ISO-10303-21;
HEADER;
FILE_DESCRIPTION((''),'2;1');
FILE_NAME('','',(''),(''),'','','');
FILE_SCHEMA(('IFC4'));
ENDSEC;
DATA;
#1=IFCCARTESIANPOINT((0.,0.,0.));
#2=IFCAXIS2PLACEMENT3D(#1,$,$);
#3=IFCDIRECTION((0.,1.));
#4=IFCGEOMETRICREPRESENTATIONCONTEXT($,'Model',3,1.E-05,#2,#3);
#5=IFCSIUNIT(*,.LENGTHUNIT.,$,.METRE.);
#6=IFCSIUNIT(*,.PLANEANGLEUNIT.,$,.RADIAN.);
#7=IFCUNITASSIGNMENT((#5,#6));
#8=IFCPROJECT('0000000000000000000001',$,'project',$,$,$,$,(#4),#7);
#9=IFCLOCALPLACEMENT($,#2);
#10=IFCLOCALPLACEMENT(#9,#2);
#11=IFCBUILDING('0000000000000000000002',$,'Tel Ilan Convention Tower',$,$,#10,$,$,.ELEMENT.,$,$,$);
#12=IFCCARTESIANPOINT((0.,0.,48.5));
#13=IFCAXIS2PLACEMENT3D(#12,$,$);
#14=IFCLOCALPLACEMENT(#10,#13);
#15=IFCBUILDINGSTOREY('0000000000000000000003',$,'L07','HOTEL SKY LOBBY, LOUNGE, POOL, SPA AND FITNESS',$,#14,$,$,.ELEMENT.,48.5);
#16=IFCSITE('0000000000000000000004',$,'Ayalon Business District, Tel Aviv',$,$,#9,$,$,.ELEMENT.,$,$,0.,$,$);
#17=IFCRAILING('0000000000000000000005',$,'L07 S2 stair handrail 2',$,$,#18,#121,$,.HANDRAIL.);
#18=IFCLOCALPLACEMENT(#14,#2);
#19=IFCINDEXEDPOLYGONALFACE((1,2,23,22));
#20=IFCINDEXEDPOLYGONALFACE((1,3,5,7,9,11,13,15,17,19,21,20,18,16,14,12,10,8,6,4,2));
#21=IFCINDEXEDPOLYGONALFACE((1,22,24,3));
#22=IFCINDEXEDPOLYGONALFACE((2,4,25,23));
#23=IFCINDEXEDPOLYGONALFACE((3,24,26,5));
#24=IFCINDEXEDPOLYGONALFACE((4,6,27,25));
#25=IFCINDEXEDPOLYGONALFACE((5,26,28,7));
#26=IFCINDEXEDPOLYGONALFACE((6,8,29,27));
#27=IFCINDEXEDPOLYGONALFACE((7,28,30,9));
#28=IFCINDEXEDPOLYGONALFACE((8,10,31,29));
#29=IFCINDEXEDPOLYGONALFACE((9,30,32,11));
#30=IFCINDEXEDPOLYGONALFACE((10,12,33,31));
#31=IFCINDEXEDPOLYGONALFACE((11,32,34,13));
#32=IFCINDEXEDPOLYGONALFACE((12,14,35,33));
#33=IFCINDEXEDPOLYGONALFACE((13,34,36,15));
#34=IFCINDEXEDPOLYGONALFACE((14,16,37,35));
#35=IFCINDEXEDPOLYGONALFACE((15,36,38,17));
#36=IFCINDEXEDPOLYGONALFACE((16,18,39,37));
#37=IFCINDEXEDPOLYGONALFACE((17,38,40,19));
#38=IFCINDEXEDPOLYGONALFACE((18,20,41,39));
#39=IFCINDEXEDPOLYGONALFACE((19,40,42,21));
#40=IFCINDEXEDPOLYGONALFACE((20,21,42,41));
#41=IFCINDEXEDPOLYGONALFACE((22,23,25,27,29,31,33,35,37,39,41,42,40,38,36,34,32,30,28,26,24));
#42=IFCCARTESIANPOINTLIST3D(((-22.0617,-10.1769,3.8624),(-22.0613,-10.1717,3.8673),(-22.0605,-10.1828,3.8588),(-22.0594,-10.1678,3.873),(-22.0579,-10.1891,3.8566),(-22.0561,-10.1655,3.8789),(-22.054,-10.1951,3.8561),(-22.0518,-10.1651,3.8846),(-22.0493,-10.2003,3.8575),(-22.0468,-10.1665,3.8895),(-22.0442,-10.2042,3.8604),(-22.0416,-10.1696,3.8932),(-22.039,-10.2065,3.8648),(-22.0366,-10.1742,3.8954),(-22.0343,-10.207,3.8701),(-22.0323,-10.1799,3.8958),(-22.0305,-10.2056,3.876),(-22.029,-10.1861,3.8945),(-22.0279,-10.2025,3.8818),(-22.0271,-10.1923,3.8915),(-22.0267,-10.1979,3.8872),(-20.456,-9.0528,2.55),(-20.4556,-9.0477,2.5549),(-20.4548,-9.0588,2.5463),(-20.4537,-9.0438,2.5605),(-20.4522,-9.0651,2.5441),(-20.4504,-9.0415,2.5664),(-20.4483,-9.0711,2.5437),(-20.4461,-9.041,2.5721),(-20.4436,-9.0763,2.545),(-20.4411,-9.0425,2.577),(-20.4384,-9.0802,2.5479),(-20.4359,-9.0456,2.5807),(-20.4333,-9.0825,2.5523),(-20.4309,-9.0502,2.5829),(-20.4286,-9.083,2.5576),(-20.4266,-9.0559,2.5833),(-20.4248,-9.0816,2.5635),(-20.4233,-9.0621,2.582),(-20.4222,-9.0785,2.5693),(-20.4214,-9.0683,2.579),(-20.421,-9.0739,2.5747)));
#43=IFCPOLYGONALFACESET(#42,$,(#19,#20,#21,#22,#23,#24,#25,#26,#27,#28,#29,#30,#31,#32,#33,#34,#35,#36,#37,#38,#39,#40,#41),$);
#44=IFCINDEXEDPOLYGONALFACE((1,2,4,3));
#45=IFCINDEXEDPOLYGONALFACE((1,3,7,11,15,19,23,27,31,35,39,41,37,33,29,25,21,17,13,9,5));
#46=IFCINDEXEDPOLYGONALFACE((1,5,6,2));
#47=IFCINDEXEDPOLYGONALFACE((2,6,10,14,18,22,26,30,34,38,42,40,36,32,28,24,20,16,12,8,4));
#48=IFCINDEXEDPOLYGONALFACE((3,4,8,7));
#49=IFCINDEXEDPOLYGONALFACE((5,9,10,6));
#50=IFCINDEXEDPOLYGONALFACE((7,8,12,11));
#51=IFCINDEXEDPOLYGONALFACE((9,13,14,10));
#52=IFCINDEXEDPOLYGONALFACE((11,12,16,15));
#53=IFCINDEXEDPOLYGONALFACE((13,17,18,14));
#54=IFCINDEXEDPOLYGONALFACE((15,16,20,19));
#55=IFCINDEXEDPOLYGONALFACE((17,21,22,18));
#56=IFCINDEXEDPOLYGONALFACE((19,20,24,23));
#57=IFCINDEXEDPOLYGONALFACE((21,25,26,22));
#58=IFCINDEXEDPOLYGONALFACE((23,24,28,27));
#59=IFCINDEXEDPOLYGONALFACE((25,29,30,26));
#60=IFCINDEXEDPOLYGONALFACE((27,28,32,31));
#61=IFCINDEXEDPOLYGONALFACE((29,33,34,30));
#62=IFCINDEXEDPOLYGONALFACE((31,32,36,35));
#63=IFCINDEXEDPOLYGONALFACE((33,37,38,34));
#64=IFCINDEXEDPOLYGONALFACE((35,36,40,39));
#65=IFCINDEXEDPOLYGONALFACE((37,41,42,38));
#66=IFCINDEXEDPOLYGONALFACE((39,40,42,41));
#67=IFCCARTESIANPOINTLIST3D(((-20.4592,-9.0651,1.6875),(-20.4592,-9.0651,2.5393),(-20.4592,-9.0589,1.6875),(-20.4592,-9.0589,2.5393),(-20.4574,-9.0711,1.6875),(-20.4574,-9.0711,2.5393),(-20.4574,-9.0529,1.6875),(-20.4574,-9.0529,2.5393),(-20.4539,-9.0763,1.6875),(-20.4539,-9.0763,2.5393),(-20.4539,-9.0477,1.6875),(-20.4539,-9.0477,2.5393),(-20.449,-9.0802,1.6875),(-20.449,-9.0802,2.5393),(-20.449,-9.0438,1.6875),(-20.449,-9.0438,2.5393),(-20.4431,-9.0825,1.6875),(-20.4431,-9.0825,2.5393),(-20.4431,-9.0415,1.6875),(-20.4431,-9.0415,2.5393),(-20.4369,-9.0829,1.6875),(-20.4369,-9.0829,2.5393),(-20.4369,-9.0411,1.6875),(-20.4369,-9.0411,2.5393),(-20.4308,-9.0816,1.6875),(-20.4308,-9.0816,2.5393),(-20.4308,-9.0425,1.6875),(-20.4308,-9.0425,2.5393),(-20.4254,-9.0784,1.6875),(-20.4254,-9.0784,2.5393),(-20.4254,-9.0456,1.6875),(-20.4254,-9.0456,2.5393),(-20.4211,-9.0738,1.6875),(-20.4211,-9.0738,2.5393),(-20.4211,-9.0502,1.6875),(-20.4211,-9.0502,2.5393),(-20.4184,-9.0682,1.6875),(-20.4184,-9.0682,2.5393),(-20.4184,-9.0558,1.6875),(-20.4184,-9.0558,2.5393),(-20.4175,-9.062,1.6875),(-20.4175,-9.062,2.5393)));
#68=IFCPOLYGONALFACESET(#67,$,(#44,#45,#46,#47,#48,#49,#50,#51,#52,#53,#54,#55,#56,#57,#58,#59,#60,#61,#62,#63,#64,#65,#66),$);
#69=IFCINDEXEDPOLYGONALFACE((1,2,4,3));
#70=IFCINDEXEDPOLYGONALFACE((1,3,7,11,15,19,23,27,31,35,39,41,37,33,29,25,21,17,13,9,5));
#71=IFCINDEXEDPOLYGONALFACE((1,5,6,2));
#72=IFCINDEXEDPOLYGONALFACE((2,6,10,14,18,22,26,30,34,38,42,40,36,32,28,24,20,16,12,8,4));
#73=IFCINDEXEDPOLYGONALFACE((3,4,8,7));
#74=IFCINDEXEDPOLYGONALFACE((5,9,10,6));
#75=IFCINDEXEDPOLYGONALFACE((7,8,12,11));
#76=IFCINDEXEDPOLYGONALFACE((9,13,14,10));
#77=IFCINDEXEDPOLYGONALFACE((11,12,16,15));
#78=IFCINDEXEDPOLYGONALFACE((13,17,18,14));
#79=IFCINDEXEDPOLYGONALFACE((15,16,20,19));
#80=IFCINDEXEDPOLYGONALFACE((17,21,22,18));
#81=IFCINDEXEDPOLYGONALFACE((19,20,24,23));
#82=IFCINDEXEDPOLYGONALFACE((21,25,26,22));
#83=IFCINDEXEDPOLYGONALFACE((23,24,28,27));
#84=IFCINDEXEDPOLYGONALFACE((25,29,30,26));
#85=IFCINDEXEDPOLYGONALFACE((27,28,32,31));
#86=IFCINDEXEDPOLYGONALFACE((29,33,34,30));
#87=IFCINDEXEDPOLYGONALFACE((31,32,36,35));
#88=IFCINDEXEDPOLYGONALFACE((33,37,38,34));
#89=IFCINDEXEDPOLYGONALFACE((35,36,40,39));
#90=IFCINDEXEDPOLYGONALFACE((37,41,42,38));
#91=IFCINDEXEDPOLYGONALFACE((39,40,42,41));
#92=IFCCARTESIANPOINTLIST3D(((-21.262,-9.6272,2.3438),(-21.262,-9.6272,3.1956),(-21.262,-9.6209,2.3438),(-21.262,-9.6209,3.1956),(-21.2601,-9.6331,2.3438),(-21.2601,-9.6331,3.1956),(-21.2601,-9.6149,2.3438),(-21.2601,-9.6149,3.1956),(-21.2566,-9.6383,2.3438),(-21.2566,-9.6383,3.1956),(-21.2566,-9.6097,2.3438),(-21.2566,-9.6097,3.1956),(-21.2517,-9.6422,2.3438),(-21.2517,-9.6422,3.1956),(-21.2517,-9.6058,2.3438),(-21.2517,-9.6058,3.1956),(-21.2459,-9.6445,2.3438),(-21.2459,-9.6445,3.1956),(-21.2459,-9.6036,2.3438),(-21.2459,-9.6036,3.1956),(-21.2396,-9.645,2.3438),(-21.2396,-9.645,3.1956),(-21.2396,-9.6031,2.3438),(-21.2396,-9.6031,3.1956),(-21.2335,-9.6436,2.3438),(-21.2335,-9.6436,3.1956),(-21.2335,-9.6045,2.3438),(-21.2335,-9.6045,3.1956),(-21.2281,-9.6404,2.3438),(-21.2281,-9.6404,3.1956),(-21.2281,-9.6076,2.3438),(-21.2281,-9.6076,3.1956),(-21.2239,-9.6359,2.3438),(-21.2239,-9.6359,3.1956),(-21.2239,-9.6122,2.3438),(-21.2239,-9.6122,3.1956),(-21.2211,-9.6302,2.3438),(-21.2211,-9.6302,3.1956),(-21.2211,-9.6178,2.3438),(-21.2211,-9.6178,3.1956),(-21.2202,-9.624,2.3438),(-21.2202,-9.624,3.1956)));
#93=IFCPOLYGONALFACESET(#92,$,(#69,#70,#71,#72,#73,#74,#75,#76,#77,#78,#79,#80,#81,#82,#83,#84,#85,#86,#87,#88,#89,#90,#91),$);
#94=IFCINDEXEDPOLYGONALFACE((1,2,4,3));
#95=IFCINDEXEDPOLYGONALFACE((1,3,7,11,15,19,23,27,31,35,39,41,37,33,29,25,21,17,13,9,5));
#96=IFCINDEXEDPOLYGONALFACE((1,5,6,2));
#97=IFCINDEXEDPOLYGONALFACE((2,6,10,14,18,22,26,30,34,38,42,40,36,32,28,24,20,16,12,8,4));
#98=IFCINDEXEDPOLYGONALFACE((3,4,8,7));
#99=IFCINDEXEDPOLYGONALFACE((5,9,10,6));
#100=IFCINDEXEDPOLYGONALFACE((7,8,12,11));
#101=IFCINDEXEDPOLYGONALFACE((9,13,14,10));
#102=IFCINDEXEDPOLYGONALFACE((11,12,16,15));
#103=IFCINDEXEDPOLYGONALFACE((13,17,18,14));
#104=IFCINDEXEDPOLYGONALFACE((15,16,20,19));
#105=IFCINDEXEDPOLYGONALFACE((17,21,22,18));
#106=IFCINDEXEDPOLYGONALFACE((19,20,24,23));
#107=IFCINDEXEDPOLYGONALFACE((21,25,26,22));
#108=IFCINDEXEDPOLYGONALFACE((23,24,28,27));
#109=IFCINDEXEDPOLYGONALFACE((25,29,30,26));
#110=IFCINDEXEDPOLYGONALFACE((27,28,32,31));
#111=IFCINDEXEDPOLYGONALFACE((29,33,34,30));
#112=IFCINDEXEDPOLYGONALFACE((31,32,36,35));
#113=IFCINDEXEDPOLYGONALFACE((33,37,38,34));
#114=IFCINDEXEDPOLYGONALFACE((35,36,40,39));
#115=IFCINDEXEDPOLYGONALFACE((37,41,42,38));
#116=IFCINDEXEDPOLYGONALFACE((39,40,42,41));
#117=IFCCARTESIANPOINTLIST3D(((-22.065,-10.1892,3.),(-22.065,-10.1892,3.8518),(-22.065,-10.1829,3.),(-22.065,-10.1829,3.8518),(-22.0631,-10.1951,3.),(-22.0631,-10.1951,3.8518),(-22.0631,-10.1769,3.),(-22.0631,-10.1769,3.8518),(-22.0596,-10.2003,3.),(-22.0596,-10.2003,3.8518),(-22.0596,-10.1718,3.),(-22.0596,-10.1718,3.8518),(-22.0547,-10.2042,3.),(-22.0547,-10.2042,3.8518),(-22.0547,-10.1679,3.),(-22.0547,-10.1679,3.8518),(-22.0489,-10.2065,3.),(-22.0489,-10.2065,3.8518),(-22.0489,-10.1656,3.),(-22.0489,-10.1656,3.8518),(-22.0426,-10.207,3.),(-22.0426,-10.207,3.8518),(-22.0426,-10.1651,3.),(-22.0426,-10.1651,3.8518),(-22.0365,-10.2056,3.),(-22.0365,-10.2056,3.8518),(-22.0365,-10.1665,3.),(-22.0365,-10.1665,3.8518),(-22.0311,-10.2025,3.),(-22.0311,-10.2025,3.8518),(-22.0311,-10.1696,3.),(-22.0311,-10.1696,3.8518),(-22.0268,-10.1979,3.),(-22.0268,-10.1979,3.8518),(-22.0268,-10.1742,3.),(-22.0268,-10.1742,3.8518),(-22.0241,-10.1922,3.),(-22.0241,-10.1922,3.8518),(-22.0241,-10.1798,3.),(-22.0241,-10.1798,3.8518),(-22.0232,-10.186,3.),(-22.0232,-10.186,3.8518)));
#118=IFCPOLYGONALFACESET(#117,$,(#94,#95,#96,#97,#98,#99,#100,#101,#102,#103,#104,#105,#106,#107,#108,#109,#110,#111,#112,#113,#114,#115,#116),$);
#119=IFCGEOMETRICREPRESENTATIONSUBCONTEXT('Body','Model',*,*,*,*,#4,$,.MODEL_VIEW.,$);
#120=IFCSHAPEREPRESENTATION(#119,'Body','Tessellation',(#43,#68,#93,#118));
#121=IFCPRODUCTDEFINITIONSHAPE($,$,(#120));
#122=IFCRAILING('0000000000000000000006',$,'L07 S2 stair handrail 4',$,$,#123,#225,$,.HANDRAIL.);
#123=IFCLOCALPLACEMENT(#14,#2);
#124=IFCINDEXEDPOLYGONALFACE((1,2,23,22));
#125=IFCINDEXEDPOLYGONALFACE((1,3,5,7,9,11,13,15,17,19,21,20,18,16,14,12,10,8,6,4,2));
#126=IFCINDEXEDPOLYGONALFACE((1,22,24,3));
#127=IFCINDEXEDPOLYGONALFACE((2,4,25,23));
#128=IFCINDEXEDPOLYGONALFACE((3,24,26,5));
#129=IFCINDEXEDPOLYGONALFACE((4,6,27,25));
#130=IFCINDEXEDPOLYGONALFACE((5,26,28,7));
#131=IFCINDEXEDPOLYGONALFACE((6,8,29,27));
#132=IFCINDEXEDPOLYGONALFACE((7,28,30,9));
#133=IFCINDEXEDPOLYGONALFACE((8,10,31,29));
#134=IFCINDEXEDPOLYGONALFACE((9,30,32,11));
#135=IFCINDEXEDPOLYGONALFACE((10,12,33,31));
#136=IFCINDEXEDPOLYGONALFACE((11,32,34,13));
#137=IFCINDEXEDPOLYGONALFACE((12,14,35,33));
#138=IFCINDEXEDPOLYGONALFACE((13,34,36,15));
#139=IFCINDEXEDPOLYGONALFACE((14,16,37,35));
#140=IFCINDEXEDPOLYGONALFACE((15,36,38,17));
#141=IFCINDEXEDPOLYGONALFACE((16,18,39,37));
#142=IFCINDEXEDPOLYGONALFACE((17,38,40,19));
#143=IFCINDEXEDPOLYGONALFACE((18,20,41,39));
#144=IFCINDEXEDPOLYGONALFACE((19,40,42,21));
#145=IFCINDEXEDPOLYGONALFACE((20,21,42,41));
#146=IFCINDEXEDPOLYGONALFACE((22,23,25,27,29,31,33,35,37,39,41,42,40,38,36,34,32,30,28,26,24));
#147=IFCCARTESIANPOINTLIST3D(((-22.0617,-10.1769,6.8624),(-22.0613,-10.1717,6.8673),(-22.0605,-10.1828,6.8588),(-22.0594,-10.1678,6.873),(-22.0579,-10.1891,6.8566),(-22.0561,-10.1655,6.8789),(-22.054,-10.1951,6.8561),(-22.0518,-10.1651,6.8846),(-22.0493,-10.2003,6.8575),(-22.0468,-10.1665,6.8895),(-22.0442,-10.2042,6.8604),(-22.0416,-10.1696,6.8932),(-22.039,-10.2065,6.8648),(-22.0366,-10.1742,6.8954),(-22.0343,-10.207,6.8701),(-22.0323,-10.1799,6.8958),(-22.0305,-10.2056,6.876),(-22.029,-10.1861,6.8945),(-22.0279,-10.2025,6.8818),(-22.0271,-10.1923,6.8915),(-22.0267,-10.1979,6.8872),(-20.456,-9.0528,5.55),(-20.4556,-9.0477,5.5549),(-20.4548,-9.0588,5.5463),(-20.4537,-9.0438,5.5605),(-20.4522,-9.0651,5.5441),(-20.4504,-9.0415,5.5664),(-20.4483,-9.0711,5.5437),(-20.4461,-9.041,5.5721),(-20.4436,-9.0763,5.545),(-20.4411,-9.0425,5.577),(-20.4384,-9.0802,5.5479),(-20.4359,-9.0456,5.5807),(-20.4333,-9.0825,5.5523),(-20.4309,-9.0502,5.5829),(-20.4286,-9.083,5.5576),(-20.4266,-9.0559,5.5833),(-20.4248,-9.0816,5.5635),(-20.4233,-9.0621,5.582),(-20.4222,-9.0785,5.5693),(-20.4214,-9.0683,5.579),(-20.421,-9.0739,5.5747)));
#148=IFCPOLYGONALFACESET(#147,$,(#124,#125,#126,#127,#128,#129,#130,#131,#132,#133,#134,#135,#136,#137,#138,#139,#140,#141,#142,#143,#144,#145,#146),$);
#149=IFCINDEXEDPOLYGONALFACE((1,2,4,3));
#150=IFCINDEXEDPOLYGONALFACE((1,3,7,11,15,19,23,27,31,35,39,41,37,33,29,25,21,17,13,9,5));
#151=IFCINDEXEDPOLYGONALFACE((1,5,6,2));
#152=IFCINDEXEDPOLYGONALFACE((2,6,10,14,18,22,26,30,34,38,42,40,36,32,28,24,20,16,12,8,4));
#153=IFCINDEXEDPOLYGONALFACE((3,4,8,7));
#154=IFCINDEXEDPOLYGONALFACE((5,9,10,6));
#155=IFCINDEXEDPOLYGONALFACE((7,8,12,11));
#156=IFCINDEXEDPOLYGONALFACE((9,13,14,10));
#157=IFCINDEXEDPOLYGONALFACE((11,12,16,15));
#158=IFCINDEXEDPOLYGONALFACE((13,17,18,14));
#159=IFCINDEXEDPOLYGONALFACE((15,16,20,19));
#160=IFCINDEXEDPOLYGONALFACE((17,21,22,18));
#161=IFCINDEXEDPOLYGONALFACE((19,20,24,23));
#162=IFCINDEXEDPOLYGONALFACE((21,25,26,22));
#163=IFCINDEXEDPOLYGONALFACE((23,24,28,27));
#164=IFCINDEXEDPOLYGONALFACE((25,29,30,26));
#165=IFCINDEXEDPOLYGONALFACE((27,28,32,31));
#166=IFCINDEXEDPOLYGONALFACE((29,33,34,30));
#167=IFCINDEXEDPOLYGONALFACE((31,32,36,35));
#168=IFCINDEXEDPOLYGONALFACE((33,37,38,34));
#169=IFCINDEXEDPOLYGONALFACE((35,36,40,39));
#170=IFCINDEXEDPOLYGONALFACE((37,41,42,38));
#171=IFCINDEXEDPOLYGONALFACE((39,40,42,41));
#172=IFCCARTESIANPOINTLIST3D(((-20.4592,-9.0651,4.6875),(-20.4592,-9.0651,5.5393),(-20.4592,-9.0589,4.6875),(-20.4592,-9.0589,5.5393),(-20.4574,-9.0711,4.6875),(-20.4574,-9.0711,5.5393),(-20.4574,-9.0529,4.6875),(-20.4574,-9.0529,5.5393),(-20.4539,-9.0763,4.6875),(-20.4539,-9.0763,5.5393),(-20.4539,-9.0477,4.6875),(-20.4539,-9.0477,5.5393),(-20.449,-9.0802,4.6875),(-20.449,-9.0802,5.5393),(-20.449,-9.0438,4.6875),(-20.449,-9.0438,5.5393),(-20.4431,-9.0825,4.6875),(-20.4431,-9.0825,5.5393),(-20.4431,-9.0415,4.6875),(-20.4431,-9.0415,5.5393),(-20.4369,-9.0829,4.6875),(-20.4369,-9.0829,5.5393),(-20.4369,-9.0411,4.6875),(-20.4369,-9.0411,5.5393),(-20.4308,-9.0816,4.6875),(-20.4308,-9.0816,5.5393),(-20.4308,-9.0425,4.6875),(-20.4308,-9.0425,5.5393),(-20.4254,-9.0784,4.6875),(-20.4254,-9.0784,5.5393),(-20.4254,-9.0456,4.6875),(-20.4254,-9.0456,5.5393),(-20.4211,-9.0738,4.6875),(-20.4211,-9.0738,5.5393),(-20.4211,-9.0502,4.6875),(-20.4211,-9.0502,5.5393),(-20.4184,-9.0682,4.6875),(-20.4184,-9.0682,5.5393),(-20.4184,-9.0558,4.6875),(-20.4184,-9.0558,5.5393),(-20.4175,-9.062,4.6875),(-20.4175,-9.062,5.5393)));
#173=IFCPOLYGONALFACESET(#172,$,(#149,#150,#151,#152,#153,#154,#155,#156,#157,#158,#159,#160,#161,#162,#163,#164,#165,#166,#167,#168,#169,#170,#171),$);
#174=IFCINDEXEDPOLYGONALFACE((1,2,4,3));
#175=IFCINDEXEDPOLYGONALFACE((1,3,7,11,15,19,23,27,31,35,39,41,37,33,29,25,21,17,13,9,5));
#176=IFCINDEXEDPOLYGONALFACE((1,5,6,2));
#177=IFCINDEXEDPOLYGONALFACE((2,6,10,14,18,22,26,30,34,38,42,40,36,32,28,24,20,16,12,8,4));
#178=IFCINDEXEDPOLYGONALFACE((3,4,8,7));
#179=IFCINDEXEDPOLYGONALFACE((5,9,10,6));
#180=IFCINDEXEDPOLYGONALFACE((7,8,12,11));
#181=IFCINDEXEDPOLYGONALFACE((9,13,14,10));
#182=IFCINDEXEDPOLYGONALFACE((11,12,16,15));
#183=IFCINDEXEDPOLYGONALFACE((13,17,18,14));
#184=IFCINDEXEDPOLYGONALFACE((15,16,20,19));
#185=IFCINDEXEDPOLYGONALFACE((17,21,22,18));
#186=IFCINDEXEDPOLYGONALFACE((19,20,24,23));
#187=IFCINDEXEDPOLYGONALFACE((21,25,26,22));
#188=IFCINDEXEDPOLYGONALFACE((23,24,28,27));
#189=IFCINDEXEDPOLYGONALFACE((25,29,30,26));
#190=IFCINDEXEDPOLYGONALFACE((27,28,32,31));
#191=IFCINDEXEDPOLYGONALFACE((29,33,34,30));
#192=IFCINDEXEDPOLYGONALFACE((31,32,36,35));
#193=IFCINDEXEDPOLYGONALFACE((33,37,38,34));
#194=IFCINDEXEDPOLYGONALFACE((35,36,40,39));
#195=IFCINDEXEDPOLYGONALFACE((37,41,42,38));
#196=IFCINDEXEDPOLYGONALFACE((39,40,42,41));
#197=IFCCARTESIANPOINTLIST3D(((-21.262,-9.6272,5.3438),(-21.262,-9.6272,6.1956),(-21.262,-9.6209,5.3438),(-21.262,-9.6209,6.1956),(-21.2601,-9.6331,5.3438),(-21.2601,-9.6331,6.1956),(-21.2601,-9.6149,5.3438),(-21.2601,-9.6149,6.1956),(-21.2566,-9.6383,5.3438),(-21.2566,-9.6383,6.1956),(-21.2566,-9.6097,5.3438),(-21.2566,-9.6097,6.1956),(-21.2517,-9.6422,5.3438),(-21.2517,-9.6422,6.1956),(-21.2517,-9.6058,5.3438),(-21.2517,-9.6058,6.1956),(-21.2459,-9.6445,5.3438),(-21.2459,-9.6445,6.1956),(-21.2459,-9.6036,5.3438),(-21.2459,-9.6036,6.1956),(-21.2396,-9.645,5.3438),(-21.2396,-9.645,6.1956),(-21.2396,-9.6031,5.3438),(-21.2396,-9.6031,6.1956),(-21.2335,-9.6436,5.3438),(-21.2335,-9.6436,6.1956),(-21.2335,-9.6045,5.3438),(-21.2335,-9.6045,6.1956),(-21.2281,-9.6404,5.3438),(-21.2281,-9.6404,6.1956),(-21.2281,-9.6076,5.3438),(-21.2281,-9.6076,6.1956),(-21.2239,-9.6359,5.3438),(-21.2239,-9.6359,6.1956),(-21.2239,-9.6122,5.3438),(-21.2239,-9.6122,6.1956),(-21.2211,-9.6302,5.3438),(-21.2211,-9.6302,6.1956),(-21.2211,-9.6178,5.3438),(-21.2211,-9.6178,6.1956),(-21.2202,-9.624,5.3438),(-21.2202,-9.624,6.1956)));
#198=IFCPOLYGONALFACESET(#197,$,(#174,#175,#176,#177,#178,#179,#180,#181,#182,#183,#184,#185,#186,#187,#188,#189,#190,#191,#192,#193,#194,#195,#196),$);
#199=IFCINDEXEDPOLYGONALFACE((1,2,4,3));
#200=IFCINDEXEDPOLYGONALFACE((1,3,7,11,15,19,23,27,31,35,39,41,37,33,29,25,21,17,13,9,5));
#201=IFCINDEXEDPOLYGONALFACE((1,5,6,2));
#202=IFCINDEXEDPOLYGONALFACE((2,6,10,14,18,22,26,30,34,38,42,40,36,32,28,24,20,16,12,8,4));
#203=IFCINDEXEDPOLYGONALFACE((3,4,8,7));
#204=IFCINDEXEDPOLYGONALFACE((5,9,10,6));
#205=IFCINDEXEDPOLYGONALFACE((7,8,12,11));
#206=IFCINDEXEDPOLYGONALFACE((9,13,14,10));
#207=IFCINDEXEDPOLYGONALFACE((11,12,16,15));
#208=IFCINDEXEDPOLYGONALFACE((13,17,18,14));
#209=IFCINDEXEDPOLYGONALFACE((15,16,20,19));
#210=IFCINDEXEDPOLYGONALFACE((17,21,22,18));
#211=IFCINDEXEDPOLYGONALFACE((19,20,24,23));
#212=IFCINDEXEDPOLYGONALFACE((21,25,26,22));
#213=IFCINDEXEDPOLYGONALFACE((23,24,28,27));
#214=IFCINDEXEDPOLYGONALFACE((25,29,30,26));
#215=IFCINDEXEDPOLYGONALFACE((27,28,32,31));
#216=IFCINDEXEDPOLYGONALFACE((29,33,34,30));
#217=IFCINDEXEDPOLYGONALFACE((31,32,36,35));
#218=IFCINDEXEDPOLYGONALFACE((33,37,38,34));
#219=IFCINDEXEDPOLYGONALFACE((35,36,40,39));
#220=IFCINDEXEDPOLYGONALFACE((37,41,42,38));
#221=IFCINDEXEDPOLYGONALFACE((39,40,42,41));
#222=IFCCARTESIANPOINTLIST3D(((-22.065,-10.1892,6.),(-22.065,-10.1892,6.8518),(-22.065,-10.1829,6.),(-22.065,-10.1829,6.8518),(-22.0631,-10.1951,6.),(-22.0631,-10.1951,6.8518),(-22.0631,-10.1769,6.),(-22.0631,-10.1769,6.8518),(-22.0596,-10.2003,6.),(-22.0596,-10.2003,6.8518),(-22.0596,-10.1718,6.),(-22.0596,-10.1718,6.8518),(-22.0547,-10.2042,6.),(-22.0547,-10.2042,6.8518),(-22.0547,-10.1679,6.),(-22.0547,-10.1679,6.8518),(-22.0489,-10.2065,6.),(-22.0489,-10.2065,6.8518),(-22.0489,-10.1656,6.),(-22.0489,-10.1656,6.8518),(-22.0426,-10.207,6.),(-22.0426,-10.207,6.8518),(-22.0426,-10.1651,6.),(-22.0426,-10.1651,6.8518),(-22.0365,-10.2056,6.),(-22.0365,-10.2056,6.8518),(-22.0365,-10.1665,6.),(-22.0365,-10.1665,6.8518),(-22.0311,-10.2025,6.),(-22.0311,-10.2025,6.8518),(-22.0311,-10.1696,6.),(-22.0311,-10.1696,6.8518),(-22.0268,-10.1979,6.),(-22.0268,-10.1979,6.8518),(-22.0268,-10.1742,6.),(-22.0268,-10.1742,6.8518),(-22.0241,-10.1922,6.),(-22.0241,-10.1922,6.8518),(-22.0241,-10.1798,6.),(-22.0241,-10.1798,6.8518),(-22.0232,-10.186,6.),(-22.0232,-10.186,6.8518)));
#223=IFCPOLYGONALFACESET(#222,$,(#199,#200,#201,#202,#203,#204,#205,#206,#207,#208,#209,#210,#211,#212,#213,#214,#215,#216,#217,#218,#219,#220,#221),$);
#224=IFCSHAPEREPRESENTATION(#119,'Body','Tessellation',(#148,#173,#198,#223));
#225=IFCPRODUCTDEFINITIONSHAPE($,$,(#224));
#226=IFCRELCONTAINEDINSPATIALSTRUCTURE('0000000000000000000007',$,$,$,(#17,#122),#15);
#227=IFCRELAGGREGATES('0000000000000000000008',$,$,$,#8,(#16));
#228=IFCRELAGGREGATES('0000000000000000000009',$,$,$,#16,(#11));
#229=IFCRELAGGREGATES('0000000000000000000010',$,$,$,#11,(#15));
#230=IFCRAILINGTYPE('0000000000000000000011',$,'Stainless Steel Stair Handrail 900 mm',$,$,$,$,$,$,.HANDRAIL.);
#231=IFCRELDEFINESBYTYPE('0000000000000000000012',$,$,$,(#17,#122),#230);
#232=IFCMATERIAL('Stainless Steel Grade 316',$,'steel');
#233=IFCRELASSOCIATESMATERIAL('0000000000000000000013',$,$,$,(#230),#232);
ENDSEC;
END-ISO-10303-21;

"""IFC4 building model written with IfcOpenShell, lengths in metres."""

from ifc_helpers import new_model, si_unit, direction, frame, origin, origin_2d, place, context, subcontext, project, spatial, circle, extrude, material, type_object, element, save


model = new_model("IFC4")

# Units and contexts
model_context = context("Model", 3, precision=1e-05, world=origin(), true_north=direction((0.0, 1.0)))
body_context = subcontext(model_context, "Body", "Model", "MODEL_VIEW")
ifc_project = project(units=[si_unit("LENGTHUNIT", "METRE"), si_unit("PLANEANGLEUNIT", "RADIAN")], contexts=[model_context])

# Site, building, storey
site_placement = place(None, origin())
site = spatial("IfcSite", under=ifc_project, at=site_placement, Name="Ayalon Business District, Tel Aviv", CompositionType="ELEMENT", RefElevation=0.0)
building_placement = place(site_placement, origin())
building = spatial("IfcBuilding", under=site, at=building_placement, Name="Tel Ilan Convention Tower", CompositionType="ELEMENT")
storey_placement = place(building_placement, frame((0.0, 0.0, 48.5)))
storey = spatial("IfcBuildingStorey", under=building, at=storey_placement, Name="L07", Description="HOTEL SKY LOBBY, LOUNGE, POOL, SPA AND FITNESS", CompositionType="ELEMENT", Elevation=48.5)

# Railings
ifc_material_1 = material(Name="Stainless Steel Grade 316", Category="steel")
railing_type_1 = type_object("IfcRailingType", Name="Stainless Steel Stair Handrail 900 mm", PredefinedType="HANDRAIL", material=ifc_material_1)
for number, where, name in (
    (1, (-20.4385, -9.062, 1.6875), "L07 S2 stair handrail 2"),
    (2, (-20.4385, -9.062, 4.6875), "L07 S2 stair handrail 4"),
):
    element("IfcRailing", number, at=place(storey_placement, frame(where)), inside=storey, type_object=railing_type_1, Name=name, PredefinedType="HANDRAIL", context=body_context, shape_type="SweptSolid", body=[
        extrude(circle(Radius=0.0239, at=origin_2d()), frame((0.0, 0.0, 0.876), z_axis=(-0.680705, -0.476504, 0.556404), x_axis=(0.573471, -0.819226, 0.0)), (0.0, 0.0, 1.0), 2.3589),
        extrude(circle(Radius=0.021, at=origin_2d()), origin(), (0.0, 0.0, 1.0), 0.8518),
        extrude(circle(Radius=0.021, at=origin_2d()), frame((-0.8027, -0.562, 0.6562)), (0.0, 0.0, 1.0), 0.8518),
        extrude(circle(Radius=0.021, at=origin_2d()), frame((-1.6057, -1.124, 1.3125)), (0.0, 0.0, 1.0), 0.8518),
    ])

save(model, "model.ifc")
